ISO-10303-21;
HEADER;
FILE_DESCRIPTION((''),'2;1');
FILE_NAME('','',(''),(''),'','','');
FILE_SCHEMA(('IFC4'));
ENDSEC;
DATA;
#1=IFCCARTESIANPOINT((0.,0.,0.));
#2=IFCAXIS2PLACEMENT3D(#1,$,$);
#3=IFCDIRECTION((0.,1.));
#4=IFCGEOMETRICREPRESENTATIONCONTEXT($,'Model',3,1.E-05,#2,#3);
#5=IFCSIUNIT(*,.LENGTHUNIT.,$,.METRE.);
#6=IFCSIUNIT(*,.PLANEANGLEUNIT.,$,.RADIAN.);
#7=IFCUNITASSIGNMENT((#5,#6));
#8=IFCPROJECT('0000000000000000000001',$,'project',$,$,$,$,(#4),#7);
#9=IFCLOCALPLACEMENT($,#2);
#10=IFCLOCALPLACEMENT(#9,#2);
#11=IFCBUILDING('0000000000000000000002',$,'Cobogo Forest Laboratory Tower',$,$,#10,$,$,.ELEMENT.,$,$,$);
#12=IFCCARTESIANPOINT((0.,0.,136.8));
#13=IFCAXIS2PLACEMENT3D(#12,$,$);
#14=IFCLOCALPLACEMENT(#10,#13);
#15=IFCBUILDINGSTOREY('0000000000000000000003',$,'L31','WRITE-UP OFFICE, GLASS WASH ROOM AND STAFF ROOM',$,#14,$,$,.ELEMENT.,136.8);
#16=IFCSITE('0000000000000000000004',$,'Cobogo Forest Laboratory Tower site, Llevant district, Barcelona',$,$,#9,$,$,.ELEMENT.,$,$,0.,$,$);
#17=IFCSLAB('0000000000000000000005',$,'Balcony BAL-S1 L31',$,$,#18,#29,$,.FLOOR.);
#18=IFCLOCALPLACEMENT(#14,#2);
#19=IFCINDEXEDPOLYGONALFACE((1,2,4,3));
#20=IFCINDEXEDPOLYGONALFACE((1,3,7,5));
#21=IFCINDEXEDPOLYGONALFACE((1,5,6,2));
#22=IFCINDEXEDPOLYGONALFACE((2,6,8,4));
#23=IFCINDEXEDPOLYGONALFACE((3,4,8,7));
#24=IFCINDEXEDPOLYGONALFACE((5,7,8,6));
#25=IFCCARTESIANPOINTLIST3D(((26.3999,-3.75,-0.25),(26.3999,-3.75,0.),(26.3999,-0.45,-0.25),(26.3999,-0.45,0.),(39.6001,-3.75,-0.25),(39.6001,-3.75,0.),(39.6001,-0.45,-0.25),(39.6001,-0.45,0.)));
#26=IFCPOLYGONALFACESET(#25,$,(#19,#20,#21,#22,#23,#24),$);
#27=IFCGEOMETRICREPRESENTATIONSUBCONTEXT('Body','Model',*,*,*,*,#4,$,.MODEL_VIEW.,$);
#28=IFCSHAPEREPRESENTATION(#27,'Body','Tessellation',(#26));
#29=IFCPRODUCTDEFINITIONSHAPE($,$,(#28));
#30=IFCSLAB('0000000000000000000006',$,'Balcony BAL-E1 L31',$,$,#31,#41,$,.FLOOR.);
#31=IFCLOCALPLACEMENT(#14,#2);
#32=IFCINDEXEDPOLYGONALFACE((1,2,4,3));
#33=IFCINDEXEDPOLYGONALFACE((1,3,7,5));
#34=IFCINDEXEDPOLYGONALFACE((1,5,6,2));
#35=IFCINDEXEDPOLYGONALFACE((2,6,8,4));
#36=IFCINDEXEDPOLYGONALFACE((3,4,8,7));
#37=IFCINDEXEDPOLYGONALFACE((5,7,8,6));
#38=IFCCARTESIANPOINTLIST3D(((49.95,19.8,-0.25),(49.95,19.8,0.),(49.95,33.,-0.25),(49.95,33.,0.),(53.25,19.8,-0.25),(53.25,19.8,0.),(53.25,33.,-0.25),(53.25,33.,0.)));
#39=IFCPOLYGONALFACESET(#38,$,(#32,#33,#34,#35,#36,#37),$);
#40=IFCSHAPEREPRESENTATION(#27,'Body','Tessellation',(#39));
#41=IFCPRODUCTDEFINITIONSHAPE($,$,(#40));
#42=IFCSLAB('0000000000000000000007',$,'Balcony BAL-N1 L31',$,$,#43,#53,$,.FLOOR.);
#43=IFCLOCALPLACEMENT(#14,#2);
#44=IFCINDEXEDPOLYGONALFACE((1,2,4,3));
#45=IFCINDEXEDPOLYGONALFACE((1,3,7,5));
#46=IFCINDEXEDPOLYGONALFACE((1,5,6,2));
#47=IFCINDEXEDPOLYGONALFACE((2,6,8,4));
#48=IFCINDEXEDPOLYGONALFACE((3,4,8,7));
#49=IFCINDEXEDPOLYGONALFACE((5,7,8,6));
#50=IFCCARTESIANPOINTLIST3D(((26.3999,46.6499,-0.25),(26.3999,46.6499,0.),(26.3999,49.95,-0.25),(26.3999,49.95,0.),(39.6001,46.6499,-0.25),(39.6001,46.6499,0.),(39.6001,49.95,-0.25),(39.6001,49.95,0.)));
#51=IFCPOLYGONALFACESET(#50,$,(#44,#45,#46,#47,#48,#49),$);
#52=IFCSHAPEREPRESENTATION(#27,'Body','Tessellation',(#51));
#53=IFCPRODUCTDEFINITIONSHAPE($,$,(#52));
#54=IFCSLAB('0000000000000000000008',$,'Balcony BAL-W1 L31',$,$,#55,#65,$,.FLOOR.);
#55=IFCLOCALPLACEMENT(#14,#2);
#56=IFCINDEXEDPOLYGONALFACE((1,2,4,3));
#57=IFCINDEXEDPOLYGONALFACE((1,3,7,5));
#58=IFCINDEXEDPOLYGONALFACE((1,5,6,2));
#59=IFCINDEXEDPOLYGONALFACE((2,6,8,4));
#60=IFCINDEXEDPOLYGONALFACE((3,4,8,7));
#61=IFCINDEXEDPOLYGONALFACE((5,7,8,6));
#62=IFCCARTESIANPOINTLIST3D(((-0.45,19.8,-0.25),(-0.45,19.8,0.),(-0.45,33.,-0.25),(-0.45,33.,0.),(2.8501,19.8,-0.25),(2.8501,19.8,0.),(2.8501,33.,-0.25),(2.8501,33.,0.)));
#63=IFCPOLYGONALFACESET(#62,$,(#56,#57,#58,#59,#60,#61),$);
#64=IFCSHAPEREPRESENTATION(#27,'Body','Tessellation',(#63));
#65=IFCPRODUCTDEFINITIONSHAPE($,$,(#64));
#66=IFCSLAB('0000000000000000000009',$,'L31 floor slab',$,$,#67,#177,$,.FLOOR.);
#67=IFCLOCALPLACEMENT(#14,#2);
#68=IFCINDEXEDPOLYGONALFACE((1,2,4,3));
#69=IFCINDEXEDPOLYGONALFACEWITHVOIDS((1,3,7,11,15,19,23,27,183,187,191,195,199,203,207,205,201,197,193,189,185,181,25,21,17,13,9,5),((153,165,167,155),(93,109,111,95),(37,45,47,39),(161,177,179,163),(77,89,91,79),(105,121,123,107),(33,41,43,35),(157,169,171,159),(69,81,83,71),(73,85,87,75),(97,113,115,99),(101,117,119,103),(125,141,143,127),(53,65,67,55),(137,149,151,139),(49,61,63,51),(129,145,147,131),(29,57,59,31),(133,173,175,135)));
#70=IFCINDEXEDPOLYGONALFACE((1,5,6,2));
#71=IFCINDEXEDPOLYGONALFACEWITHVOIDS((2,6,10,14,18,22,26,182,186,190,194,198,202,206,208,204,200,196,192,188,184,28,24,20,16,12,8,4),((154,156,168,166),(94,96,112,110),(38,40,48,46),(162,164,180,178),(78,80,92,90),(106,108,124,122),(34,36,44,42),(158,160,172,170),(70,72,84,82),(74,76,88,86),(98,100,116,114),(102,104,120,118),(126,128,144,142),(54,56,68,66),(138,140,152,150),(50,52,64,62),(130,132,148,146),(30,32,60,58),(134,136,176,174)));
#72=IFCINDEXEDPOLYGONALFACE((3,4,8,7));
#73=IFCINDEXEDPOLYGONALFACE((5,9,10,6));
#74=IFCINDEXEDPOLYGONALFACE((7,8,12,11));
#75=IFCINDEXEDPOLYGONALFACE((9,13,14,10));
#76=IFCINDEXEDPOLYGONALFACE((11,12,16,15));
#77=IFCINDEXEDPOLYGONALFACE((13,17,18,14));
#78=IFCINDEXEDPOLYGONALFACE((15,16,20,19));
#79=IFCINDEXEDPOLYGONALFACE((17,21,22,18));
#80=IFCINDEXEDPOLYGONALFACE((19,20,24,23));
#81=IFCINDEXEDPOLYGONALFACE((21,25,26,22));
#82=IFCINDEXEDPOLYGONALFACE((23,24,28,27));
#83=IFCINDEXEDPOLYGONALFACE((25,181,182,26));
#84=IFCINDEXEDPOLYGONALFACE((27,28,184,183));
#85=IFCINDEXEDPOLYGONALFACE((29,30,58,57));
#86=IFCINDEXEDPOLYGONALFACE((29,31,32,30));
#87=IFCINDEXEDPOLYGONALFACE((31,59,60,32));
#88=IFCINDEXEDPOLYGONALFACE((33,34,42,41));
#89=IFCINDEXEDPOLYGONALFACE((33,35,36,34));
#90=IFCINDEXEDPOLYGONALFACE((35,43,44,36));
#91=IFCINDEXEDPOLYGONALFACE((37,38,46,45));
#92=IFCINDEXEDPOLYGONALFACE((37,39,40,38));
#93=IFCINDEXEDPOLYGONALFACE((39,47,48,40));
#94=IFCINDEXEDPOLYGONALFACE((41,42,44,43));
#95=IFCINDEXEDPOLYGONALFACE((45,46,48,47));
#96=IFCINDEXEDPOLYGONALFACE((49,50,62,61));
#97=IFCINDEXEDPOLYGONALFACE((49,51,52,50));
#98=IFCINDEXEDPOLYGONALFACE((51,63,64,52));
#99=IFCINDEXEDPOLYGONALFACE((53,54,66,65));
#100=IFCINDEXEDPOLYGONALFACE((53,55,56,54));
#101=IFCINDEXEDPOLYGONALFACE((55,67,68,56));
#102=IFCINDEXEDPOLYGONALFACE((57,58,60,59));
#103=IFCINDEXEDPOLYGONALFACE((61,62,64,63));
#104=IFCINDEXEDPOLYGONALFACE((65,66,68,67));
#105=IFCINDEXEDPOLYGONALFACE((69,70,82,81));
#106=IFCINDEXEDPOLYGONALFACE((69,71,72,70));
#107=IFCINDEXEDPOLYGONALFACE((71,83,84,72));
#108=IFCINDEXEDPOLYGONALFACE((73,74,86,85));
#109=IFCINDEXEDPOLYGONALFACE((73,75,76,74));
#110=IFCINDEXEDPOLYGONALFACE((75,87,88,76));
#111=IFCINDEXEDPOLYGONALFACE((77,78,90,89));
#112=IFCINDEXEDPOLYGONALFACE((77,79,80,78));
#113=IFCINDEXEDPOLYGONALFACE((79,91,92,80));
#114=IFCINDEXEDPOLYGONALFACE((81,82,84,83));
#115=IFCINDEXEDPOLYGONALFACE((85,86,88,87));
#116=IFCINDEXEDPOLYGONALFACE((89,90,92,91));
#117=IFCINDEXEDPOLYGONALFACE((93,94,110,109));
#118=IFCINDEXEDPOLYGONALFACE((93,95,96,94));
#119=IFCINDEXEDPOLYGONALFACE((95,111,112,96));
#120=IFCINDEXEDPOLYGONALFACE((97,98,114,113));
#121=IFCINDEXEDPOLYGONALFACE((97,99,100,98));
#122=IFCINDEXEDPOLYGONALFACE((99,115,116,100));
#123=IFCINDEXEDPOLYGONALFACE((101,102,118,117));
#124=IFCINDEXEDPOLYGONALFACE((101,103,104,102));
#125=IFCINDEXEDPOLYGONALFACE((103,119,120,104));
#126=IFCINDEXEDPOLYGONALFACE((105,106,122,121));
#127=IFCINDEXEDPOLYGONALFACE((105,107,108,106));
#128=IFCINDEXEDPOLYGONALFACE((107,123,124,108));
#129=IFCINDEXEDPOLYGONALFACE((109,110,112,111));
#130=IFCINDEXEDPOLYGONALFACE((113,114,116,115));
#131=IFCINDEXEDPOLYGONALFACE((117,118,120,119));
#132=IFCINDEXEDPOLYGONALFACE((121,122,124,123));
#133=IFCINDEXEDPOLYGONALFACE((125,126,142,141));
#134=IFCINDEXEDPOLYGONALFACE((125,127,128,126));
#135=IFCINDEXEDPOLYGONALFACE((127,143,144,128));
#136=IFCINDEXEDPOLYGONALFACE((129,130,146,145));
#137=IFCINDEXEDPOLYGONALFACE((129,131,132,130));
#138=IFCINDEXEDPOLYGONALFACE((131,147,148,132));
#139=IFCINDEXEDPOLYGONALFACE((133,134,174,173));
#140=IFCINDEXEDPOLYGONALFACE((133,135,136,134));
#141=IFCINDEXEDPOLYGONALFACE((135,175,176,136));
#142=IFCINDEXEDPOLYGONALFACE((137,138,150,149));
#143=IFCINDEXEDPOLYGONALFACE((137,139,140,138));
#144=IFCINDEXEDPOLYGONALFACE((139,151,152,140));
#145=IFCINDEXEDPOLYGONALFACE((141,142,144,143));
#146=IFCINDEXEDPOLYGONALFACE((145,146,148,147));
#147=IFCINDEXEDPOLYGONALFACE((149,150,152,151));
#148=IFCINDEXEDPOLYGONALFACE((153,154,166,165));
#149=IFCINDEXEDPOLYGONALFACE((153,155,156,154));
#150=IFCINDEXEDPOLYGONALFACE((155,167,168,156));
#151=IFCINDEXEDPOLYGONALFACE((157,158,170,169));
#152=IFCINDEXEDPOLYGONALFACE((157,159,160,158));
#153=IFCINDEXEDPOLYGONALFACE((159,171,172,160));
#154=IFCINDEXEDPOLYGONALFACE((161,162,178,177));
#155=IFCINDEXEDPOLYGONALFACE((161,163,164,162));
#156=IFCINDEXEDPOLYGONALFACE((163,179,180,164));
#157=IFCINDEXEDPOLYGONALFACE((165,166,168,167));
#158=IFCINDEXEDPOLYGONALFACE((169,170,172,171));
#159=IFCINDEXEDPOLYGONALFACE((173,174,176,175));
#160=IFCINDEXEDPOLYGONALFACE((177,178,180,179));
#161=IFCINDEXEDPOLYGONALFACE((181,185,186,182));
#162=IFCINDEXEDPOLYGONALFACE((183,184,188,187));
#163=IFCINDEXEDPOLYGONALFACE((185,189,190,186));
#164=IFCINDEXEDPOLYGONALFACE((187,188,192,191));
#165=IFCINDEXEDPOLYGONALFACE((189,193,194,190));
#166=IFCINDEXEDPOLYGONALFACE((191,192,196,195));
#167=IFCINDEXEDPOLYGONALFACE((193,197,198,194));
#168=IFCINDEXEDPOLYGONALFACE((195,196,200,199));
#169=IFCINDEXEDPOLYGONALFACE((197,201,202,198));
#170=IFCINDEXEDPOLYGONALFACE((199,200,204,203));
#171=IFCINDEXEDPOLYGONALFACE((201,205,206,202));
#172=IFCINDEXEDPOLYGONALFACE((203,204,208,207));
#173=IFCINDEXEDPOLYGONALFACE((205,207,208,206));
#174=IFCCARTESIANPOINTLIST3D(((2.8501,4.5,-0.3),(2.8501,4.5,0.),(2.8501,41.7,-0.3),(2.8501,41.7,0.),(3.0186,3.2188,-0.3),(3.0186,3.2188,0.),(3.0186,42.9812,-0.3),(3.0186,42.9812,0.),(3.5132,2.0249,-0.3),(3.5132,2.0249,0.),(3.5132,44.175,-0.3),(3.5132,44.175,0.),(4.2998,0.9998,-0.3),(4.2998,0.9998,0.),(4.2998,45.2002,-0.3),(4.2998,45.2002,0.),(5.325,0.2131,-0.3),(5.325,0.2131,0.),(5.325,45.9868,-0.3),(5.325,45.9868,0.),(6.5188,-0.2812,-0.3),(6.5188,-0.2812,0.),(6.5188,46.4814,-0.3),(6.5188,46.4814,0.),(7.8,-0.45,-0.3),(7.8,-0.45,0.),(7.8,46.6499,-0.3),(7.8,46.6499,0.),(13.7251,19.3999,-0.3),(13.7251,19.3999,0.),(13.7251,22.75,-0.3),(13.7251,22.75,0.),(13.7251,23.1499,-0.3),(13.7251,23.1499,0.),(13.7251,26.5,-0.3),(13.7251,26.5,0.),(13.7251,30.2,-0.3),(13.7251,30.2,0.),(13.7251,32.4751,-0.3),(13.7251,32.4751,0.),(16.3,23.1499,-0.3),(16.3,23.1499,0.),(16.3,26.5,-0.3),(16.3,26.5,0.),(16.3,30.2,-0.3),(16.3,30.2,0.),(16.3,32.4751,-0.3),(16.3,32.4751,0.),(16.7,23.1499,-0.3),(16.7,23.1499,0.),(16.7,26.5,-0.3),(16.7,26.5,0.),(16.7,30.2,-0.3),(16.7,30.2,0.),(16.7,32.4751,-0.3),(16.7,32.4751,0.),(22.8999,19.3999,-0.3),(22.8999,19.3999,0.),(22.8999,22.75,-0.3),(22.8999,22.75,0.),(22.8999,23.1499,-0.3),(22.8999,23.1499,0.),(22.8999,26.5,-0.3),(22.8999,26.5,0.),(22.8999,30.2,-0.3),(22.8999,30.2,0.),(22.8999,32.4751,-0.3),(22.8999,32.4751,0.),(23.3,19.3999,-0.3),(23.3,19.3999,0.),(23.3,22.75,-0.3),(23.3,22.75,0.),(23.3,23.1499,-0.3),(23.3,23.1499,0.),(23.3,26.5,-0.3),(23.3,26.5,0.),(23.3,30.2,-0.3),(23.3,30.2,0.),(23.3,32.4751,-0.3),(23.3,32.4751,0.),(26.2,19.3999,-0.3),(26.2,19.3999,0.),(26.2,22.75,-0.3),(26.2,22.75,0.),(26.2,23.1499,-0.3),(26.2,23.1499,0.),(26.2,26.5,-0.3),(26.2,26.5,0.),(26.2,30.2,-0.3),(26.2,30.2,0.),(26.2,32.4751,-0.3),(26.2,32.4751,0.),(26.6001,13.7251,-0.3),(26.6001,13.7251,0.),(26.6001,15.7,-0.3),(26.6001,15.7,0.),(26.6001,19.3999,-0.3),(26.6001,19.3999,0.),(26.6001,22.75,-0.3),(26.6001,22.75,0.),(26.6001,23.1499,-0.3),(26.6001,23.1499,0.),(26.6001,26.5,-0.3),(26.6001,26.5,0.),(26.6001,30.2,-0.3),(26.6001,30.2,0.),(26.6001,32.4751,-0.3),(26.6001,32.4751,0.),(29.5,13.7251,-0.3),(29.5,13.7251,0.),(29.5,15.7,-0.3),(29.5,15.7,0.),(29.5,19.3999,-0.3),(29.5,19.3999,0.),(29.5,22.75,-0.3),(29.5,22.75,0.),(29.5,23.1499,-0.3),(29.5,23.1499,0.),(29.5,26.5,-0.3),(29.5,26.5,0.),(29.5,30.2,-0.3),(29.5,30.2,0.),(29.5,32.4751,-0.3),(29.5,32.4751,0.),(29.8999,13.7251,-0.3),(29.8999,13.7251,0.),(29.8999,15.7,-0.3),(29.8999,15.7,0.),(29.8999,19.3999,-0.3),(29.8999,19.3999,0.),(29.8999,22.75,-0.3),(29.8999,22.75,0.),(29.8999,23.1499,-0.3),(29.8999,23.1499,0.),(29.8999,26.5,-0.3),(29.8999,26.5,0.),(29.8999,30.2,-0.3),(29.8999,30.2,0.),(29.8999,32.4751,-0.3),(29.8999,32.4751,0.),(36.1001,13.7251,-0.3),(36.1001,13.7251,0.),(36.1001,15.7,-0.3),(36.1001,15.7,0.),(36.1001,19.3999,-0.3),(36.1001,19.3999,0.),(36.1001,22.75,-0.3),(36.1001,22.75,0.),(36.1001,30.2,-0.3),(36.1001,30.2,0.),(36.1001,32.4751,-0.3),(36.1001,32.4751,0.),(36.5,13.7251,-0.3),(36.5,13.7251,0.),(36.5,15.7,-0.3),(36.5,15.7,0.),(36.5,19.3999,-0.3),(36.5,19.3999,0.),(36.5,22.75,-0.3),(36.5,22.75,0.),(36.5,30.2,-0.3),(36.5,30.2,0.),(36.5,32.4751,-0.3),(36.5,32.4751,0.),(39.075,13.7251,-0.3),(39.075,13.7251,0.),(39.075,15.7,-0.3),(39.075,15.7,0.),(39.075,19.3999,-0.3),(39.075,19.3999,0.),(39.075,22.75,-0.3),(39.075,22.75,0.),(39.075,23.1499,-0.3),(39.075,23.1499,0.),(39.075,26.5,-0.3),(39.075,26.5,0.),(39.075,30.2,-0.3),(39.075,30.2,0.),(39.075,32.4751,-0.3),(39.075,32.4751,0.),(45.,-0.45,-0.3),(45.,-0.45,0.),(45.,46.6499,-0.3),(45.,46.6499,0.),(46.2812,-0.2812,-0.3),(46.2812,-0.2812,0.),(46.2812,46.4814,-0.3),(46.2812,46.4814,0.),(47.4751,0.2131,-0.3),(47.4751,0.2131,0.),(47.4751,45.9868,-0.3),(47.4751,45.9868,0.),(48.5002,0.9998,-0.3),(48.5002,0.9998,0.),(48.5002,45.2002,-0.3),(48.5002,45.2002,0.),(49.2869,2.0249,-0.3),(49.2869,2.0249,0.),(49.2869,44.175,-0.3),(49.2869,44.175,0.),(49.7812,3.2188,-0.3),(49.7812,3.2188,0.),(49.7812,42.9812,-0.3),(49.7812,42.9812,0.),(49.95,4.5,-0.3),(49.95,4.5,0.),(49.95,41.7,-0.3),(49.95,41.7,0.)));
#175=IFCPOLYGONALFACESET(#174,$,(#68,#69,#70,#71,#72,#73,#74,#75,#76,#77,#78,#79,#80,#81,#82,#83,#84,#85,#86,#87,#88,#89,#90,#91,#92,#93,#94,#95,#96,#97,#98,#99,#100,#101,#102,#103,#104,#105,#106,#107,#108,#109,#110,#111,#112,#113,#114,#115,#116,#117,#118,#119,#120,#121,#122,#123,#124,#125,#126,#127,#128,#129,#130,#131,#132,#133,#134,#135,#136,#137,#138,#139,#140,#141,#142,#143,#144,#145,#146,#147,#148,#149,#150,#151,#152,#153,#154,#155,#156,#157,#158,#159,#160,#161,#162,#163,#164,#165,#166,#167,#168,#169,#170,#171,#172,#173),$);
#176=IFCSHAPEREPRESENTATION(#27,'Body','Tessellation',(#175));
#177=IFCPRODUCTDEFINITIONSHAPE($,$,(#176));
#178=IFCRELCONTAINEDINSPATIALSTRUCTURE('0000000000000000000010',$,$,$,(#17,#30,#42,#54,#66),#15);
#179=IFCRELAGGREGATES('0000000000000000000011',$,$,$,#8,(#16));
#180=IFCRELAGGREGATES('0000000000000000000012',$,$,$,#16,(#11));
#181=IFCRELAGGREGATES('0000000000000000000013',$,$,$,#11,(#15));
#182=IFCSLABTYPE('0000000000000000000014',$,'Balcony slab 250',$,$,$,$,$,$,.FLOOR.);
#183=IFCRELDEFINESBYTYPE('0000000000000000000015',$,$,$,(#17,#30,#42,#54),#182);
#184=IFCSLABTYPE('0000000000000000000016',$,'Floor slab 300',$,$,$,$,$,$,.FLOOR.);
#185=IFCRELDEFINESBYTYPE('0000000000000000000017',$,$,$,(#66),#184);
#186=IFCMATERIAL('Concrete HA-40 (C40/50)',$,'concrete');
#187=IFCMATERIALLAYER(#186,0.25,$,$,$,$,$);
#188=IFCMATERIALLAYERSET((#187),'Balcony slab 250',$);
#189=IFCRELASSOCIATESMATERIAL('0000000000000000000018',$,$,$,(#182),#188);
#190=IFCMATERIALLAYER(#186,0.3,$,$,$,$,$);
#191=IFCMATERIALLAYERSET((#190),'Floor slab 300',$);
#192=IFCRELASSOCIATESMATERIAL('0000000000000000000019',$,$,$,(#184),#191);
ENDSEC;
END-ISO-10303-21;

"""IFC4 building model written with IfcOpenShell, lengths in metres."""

from ifc_helpers import new_model, si_unit, direction, frame, origin, place, context, subcontext, project, spatial, polyline, outline, extrude, material, layer, layer_set, type_object, element, save


model = new_model("IFC4")

# Units and contexts
model_context = context("Model", 3, precision=1e-05, world=origin(), true_north=direction((0.0, 1.0)))
body_context = subcontext(model_context, "Body", "Model", "MODEL_VIEW")
ifc_project = project(units=[si_unit("LENGTHUNIT", "METRE"), si_unit("PLANEANGLEUNIT", "RADIAN")], contexts=[model_context])

# Site, building, storey
site_placement = place(None, origin())
site = spatial("IfcSite", under=ifc_project, at=site_placement, Name="Cobogo Forest Laboratory Tower site, Llevant district, Barcelona", CompositionType="ELEMENT", RefElevation=0.0)
building_placement = place(site_placement, origin())
building = spatial("IfcBuilding", under=site, at=building_placement, Name="Cobogo Forest Laboratory Tower", CompositionType="ELEMENT")
storey_placement = place(building_placement, frame((0.0, 0.0, 136.8)))
storey = spatial("IfcBuildingStorey", under=building, at=storey_placement, Name="L31", Description="WRITE-UP OFFICE, GLASS WASH ROOM AND STAFF ROOM", CompositionType="ELEMENT", Elevation=136.8)

# Slabs
ifc_material_1 = material(Name="Concrete HA-40 (C40/50)", Category="concrete")
ifc_layer_1 = layer(ifc_material_1, 0.25)
ifc_layer_set_1 = layer_set([ifc_layer_1], Name="Balcony slab 250")
slab_type_1 = type_object("IfcSlabType", Name="Balcony slab 250", PredefinedType="FLOOR", material=ifc_layer_set_1)
slab_1_placement = place(storey_placement, frame((0.0, 0.0, -0.25)))
element("IfcSlab", 1, at=slab_1_placement, inside=storey, type_object=slab_type_1, Name="Balcony BAL-S1 L31", PredefinedType="FLOOR", context=body_context, shape_type="SweptSolid", body=[
    extrude(outline(polyline([(26.3999, -3.75), (39.6001, -3.75), (39.6001, -0.45), (26.3999, -0.45), (26.3999, -3.75)])), origin(), (0.0, 0.0, 1.0), 0.25),
])
slab_2_placement = place(storey_placement, frame((0.0, 0.0, -0.25)))
element("IfcSlab", 2, at=slab_2_placement, inside=storey, type_object=slab_type_1, Name="Balcony BAL-E1 L31", PredefinedType="FLOOR", context=body_context, shape_type="SweptSolid", body=[
    extrude(outline(polyline([(49.95, 19.8), (53.25, 19.8), (53.25, 33.0), (49.95, 33.0), (49.95, 19.8)])), origin(), (0.0, 0.0, 1.0), 0.25),
])
slab_3_placement = place(storey_placement, frame((0.0, 0.0, -0.25)))
element("IfcSlab", 3, at=slab_3_placement, inside=storey, type_object=slab_type_1, Name="Balcony BAL-N1 L31", PredefinedType="FLOOR", context=body_context, shape_type="SweptSolid", body=[
    extrude(outline(polyline([(26.3999, 46.6499), (39.6001, 46.6499), (39.6001, 49.95), (26.3999, 49.95), (26.3999, 46.6499)])), origin(), (0.0, 0.0, 1.0), 0.25),
])
slab_4_placement = place(storey_placement, frame((0.0, 0.0, -0.25)))
element("IfcSlab", 4, at=slab_4_placement, inside=storey, type_object=slab_type_1, Name="Balcony BAL-W1 L31", PredefinedType="FLOOR", context=body_context, shape_type="SweptSolid", body=[
    extrude(outline(polyline([(-0.45, 19.8), (2.8501, 19.8), (2.8501, 33.0), (-0.45, 33.0), (-0.45, 19.8)])), origin(), (0.0, 0.0, 1.0), 0.25),
])
ifc_layer_2 = layer(ifc_material_1, 0.3)
ifc_layer_set_2 = layer_set([ifc_layer_2], Name="Floor slab 300")
slab_type_2 = type_object("IfcSlabType", Name="Floor slab 300", PredefinedType="FLOOR", material=ifc_layer_set_2)
slab_5_placement = place(storey_placement, frame((0.0, 0.0, -0.3)))
element("IfcSlab", 5, at=slab_5_placement, inside=storey, type_object=slab_type_2, Name="L31 floor slab", PredefinedType="FLOOR", context=body_context, shape_type="SweptSolid", body=[
    extrude(outline(polyline([(45.0, -0.45), (46.2812, -0.2812), (47.4751, 0.2131), (48.5002, 0.9998), (49.2869, 2.0249), (49.7812, 3.2188), (49.95, 4.5), (49.95, 41.7), (49.7812, 42.9812), (49.2869, 44.175), (48.5002, 45.2002), (47.4751, 45.9868), (46.2812, 46.4814), (45.0, 46.6499), (7.8, 46.6499), (6.5188, 46.4814), (5.325, 45.9868), (4.2998, 45.2002), (3.5132, 44.175), (3.0186, 42.9812), (2.8501, 41.7), (2.8501, 4.5), (3.0186, 3.2188), (3.5132, 2.0249), (4.2998, 0.9998), (5.325, 0.2131), (6.5188, -0.2812), (7.8, -0.45), (45.0, -0.45)]), holes=[polyline([(29.5, 13.7251), (26.6001, 13.7251), (26.6001, 15.7), (29.5, 15.7), (29.5, 13.7251)]), polyline([(36.1001, 15.7), (36.1001, 13.7251), (29.8999, 13.7251), (29.8999, 15.7), (36.1001, 15.7)]), polyline([(36.5, 13.7251), (36.5, 15.7), (39.075, 15.7), (39.075, 13.7251), (36.5, 13.7251)]), polyline([(13.7251, 19.3999), (13.7251, 22.75), (22.8999, 22.75), (22.8999, 19.3999), (13.7251, 19.3999)]), polyline([(23.3, 19.3999), (23.3, 22.75), (26.2, 22.75), (26.2, 19.3999), (23.3, 19.3999)]), polyline([(29.5, 19.3999), (26.6001, 19.3999), (26.6001, 22.75), (29.5, 22.75), (29.5, 19.3999)]), polyline([(36.1001, 22.75), (36.1001, 19.3999), (29.8999, 19.3999), (29.8999, 22.75), (36.1001, 22.75)]), polyline([(39.075, 19.3999), (36.5, 19.3999), (36.5, 22.75), (39.075, 22.75), (39.075, 19.3999)]), polyline([(16.3, 23.1499), (13.7251, 23.1499), (13.7251, 26.5), (16.3, 26.5), (16.3, 23.1499)]), polyline([(22.8999, 26.5), (22.8999, 23.1499), (16.7, 23.1499), (16.7, 26.5), (22.8999, 26.5)]), polyline([(26.2, 23.1499), (23.3, 23.1499), (23.3, 26.5), (26.2, 26.5), (26.2, 23.1499)]), polyline([(26.6001, 23.1499), (26.6001, 26.5), (29.5, 26.5), (29.5, 23.1499), (26.6001, 23.1499)]), polyline([(29.8999, 23.1499), (29.8999, 26.5), (39.075, 26.5), (39.075, 23.1499), (29.8999, 23.1499)]), polyline([(13.7251, 30.2), (13.7251, 32.4751), (16.3, 32.4751), (16.3, 30.2), (13.7251, 30.2)]), polyline([(22.8999, 32.4751), (22.8999, 30.2), (16.7, 30.2), (16.7, 32.4751), (22.8999, 32.4751)]), polyline([(23.3, 30.2), (23.3, 32.4751), (26.2, 32.4751), (26.2, 30.2), (23.3, 30.2)]), polyline([(26.6001, 30.2), (26.6001, 32.4751), (29.5, 32.4751), (29.5, 30.2), (26.6001, 30.2)]), polyline([(36.1001, 32.4751), (36.1001, 30.2), (29.8999, 30.2), (29.8999, 32.4751), (36.1001, 32.4751)]), polyline([(36.5, 30.2), (36.5, 32.4751), (39.075, 32.4751), (39.075, 30.2), (36.5, 30.2)])]), origin(), (0.0, 0.0, 1.0), 0.3),
])

save(model, "model.ifc")
